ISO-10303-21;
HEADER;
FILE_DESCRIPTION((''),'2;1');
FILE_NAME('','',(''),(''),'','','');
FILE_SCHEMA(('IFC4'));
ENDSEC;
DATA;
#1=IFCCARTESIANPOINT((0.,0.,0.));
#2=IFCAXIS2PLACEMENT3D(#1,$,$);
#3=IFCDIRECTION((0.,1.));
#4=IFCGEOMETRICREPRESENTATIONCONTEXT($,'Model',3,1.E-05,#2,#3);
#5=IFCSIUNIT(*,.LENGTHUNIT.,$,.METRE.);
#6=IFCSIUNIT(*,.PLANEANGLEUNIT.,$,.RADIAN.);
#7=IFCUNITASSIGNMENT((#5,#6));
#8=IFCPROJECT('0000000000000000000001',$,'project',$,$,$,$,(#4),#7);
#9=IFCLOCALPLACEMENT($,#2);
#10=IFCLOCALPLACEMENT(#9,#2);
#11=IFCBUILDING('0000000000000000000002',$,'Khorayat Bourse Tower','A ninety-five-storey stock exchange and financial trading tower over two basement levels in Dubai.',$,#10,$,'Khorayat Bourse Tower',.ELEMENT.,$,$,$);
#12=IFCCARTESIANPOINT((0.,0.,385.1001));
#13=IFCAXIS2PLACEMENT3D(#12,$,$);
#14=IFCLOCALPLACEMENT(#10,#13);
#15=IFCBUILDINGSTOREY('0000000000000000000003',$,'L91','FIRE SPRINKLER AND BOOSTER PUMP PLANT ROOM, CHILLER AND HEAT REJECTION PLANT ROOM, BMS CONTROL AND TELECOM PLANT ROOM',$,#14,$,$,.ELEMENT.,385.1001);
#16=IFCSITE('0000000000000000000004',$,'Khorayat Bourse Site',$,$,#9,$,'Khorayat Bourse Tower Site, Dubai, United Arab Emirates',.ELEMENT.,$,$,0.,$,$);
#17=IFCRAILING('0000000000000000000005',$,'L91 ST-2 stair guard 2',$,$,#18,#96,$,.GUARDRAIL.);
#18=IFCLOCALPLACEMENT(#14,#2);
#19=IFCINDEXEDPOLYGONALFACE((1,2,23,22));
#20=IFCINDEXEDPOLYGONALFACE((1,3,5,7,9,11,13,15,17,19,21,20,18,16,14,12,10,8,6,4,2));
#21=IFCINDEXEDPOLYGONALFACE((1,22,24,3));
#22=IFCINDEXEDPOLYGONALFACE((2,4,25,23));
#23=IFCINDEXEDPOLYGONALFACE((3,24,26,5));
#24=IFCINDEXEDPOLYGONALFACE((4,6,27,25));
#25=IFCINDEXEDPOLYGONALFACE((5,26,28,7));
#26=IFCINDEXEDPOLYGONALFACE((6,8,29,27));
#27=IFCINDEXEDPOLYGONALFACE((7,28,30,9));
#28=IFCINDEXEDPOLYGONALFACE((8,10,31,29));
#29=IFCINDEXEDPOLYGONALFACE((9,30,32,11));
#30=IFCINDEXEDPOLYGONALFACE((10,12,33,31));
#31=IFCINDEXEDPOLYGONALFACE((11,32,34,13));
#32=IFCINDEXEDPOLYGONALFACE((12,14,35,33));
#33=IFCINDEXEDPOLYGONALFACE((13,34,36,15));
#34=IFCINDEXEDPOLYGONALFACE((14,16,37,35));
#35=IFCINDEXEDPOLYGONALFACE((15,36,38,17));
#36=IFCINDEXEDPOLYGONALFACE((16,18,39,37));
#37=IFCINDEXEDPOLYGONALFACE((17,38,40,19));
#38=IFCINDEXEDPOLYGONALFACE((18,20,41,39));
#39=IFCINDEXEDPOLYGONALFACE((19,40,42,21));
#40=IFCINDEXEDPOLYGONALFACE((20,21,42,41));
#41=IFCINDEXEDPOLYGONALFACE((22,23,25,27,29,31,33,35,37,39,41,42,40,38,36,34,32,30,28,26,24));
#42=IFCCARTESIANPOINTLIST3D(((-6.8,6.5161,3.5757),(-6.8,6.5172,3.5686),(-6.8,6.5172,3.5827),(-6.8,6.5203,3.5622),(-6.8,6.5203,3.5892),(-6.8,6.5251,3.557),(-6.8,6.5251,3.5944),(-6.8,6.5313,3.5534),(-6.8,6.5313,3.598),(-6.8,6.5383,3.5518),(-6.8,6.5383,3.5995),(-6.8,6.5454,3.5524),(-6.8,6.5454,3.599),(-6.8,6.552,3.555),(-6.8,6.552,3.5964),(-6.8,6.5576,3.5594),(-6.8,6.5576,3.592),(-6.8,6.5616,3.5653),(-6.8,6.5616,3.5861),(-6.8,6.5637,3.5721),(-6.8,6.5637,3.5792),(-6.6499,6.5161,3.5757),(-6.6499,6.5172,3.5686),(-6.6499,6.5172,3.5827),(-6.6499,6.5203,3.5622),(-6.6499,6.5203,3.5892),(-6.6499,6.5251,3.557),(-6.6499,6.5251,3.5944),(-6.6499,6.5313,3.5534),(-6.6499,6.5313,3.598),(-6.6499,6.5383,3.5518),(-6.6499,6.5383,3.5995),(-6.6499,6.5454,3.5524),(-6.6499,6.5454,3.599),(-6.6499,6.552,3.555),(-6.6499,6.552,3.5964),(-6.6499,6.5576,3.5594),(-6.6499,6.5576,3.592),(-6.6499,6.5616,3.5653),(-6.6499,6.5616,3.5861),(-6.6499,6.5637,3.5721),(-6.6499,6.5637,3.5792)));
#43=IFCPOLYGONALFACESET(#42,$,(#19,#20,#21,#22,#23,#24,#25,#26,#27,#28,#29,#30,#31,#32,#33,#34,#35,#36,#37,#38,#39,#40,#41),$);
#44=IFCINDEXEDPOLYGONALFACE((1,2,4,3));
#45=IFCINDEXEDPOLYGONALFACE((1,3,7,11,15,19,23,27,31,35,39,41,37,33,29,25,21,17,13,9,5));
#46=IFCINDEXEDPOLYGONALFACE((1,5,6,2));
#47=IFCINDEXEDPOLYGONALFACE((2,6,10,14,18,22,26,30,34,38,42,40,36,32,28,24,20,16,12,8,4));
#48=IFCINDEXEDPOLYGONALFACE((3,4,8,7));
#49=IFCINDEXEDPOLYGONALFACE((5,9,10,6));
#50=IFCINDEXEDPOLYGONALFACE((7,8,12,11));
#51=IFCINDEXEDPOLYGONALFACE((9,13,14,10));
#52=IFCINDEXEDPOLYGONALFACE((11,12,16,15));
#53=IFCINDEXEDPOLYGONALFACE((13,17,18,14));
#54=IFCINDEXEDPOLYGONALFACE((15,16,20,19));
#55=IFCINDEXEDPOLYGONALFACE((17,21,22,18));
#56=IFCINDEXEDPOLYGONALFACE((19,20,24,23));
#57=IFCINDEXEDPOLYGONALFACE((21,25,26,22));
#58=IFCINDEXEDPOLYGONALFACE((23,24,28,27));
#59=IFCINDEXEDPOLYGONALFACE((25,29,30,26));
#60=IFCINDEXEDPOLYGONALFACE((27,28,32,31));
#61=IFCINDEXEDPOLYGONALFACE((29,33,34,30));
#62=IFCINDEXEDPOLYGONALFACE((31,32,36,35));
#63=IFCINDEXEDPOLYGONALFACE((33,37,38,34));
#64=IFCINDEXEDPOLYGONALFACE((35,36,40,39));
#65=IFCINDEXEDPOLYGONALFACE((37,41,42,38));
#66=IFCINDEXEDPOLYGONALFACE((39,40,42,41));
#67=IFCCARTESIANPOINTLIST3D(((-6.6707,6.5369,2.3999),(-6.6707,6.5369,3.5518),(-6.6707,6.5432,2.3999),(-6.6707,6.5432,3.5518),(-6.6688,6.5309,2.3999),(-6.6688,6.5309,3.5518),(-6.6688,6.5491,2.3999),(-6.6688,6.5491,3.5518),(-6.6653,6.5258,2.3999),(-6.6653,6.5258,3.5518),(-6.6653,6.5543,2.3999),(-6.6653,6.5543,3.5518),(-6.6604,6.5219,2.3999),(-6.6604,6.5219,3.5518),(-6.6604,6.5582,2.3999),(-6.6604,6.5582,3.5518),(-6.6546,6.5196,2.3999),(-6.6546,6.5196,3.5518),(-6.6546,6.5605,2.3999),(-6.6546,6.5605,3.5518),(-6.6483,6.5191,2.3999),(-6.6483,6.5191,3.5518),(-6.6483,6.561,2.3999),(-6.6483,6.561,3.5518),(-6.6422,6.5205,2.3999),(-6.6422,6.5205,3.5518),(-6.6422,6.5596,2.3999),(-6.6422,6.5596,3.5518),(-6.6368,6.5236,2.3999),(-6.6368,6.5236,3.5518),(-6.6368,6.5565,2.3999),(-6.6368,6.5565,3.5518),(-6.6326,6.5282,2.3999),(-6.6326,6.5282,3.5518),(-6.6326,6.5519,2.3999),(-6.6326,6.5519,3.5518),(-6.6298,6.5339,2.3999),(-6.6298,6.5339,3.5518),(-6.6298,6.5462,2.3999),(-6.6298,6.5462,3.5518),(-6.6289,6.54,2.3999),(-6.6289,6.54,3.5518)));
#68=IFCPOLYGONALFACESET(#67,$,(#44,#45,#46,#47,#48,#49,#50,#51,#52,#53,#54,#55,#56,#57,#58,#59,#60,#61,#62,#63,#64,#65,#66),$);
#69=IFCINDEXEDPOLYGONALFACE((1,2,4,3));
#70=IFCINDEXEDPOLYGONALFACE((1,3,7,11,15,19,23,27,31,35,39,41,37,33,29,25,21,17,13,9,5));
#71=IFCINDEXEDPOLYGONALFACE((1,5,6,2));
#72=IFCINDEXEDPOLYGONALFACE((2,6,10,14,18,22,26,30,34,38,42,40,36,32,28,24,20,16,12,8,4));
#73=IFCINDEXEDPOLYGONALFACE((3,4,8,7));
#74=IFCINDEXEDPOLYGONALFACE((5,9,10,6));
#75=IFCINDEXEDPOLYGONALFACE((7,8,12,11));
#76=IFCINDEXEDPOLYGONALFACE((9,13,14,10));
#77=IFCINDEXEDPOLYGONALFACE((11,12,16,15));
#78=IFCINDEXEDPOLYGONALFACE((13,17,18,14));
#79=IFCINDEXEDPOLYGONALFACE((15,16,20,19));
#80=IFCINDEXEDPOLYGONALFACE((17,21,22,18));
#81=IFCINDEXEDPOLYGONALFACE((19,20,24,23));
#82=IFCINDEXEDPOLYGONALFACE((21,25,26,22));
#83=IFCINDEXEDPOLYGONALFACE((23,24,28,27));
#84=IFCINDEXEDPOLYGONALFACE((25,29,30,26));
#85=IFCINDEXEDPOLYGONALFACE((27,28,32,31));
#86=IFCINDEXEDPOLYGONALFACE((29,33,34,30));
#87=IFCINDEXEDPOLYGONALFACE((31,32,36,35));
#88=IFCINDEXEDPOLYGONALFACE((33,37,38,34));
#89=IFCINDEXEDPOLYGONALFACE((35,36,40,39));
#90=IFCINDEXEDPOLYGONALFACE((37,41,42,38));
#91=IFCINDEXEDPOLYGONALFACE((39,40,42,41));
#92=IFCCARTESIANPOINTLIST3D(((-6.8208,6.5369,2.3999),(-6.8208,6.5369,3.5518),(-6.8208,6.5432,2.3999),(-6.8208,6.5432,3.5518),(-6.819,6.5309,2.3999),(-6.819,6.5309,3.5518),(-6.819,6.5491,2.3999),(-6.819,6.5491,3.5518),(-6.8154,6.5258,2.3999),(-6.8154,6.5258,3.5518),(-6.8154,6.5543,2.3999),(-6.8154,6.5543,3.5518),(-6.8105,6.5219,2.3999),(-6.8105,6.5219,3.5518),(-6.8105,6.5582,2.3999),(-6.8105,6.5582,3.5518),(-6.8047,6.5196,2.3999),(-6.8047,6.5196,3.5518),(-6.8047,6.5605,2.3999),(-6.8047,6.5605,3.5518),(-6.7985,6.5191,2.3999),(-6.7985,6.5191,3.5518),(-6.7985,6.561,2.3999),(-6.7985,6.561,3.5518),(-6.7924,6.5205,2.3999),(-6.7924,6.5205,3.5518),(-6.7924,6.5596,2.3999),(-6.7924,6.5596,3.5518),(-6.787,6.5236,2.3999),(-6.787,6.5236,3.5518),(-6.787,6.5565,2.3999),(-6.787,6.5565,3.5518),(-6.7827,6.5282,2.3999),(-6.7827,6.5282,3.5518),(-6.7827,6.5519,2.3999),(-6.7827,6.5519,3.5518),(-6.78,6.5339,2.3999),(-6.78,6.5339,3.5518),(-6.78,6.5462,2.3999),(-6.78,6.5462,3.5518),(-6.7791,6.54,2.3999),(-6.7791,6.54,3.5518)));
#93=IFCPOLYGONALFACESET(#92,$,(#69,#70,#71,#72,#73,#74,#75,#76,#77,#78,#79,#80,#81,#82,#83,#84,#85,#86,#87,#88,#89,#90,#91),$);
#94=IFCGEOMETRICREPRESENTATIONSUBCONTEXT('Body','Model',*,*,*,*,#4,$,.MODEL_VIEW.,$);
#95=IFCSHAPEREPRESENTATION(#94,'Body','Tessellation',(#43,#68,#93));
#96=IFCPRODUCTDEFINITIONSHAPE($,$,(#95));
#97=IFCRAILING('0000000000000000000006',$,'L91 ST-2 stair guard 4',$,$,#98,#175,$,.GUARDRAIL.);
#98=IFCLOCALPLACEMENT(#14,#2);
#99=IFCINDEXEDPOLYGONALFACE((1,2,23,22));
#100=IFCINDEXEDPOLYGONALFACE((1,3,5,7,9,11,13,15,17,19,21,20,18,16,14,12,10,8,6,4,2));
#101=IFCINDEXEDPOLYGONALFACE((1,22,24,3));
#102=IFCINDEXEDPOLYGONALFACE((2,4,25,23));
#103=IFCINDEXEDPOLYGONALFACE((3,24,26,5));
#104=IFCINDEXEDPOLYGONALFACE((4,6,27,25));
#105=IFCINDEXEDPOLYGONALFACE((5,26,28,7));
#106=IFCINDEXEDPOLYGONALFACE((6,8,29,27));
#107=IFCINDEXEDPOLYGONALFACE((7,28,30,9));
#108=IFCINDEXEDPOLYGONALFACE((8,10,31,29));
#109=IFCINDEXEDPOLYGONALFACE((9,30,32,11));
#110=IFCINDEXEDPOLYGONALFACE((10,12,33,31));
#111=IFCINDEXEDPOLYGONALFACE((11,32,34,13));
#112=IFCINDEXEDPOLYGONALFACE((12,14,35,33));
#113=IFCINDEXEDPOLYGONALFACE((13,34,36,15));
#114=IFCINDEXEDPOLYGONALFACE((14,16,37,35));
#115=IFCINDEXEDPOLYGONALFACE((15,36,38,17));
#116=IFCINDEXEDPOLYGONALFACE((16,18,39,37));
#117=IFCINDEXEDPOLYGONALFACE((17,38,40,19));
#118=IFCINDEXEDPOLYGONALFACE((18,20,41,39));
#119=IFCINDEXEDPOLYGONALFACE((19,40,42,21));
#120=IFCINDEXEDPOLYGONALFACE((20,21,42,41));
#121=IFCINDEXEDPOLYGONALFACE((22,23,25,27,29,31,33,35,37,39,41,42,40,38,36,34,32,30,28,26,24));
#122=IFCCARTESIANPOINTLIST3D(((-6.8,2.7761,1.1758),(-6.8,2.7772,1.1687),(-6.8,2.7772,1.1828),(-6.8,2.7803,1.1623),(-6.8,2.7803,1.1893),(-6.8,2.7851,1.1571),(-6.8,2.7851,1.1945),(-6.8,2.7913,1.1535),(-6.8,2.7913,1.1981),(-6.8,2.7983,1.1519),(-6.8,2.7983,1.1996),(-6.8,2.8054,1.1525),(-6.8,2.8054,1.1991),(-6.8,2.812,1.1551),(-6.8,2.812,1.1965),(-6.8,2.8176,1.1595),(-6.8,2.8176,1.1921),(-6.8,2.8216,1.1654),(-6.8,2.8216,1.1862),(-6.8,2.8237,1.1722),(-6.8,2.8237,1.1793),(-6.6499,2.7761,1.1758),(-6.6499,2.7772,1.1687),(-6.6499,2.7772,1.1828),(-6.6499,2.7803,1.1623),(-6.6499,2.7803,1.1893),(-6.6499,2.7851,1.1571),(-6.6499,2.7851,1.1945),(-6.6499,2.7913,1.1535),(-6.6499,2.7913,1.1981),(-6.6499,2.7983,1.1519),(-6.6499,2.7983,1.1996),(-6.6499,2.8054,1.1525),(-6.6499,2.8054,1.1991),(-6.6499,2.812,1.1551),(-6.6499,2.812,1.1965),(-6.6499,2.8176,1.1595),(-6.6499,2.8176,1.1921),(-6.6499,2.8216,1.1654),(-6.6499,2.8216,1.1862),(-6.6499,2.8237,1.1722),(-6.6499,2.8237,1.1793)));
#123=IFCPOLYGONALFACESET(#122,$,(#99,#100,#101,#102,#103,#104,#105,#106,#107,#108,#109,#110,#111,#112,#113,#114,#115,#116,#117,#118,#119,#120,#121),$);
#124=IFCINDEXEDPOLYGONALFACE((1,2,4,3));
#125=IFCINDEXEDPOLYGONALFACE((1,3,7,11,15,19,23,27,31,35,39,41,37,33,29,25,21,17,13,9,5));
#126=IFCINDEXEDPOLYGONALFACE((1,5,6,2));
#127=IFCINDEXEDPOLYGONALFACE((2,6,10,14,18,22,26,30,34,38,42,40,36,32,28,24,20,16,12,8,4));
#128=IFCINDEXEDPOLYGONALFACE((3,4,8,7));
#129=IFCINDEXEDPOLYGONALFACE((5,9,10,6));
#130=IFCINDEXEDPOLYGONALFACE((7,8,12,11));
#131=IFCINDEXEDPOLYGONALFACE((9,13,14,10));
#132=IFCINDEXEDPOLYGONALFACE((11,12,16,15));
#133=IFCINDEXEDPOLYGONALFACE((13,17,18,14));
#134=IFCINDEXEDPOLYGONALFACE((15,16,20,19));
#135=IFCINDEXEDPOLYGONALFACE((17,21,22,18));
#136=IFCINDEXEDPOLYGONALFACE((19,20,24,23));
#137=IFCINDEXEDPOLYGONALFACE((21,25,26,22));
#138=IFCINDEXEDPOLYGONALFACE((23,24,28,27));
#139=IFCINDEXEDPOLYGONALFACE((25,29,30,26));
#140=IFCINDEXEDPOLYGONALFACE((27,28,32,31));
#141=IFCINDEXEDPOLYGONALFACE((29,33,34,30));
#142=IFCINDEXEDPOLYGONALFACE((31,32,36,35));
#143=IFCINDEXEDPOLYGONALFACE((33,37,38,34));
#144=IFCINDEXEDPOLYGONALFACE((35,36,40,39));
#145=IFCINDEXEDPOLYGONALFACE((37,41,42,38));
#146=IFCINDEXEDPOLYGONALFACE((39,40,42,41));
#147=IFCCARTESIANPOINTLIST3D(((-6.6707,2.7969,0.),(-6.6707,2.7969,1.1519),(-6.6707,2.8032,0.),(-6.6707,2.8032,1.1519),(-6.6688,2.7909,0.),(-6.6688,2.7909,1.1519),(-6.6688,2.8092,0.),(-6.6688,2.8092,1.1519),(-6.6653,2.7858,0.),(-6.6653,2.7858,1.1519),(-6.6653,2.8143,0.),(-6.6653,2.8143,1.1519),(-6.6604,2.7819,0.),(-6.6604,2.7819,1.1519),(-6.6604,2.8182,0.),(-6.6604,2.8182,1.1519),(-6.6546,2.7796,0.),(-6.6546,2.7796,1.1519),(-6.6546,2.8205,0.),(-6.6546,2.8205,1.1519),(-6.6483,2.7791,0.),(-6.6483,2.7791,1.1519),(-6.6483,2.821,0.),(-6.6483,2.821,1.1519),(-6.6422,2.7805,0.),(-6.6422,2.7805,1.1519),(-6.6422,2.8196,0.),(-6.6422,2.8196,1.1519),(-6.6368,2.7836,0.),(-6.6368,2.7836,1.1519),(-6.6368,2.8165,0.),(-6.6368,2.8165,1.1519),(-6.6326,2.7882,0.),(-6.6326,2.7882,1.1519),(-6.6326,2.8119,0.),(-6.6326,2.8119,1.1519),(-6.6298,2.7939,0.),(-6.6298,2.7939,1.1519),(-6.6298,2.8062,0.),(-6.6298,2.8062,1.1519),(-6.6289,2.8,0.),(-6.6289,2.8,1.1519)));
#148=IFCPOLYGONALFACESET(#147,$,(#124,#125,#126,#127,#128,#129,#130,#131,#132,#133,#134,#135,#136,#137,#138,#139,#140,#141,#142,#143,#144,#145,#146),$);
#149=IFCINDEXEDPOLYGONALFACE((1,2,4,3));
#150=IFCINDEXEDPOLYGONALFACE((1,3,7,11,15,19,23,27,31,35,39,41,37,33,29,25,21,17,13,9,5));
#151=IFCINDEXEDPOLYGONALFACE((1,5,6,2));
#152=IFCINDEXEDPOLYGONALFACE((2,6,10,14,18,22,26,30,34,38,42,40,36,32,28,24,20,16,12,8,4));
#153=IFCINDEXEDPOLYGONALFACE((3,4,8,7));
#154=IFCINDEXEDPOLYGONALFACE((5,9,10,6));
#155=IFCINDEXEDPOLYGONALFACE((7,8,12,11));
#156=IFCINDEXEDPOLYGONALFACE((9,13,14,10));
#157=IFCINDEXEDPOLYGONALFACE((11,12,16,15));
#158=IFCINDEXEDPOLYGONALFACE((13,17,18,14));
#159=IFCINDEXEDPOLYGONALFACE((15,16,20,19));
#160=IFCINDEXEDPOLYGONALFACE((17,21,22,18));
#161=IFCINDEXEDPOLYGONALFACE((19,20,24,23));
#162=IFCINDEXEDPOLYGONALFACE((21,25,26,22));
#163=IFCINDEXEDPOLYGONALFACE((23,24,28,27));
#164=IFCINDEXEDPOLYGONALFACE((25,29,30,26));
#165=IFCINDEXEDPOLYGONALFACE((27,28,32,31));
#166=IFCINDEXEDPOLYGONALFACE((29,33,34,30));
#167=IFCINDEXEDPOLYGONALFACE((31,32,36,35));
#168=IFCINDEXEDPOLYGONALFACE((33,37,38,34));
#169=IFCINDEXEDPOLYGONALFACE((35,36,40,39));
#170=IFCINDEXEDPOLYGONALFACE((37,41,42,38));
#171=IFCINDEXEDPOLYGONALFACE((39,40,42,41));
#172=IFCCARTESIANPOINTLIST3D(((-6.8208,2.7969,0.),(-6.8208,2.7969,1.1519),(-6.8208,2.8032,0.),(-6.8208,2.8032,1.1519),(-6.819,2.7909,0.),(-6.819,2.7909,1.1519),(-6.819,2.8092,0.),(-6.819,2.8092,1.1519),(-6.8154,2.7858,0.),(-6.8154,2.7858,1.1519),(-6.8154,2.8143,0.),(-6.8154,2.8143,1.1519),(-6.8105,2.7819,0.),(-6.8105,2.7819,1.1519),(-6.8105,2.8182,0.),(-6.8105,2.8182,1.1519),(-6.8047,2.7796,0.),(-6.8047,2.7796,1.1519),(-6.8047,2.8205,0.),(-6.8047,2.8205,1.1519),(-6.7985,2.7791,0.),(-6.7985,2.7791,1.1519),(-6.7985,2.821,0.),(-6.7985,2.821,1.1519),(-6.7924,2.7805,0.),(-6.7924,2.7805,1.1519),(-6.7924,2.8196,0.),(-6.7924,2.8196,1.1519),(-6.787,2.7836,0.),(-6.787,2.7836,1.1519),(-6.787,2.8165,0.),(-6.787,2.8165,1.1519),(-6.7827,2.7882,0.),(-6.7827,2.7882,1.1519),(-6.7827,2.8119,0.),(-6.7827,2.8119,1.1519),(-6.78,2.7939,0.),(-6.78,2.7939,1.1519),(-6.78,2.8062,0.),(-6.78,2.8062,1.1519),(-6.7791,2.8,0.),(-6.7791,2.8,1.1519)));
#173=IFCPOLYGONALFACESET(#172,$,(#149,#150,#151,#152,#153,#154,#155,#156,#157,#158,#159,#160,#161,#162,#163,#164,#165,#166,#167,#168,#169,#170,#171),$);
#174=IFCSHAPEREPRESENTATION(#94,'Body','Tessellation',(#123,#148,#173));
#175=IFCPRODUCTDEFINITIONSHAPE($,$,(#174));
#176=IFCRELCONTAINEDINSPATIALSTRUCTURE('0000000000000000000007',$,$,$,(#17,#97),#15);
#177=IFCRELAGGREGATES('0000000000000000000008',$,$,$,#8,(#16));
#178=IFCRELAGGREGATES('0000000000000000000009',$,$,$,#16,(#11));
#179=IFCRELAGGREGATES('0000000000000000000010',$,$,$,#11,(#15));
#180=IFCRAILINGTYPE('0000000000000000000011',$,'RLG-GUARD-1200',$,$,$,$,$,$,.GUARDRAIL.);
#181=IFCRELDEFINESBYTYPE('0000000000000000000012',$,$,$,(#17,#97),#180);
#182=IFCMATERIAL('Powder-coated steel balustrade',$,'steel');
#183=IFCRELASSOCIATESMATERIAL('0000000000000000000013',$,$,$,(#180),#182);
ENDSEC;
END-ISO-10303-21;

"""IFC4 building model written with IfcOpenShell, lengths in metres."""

from ifc_helpers import new_model, si_unit, direction, frame, origin, origin_2d, place, context, subcontext, project, spatial, circle, extrude, source, transform, mapped, material, type_object, element, save


model = new_model("IFC4")

# Units and contexts
model_context = context("Model", 3, precision=1e-05, world=origin(), true_north=direction((0.0, 1.0)))
body_context = subcontext(model_context, "Body", "Model", "MODEL_VIEW")
ifc_project = project(units=[si_unit("LENGTHUNIT", "METRE"), si_unit("PLANEANGLEUNIT", "RADIAN")], contexts=[model_context])

# Site, building, storey
site_placement = place(None, origin())
site = spatial("IfcSite", under=ifc_project, at=site_placement, Name="Khorayat Bourse Site", LongName="Khorayat Bourse Tower Site, Dubai, United Arab Emirates", CompositionType="ELEMENT", RefElevation=0.0)
building_placement = place(site_placement, origin())
building = spatial("IfcBuilding", under=site, at=building_placement, Name="Khorayat Bourse Tower", Description="A ninety-five-storey stock exchange and financial trading tower over two basement levels in Dubai.", LongName="Khorayat Bourse Tower", CompositionType="ELEMENT")
storey_placement = place(building_placement, frame((0.0, 0.0, 385.1001)))
storey = spatial("IfcBuildingStorey", under=building, at=storey_placement, Name="L91", Description="FIRE SPRINKLER AND BOOSTER PUMP PLANT ROOM, CHILLER AND HEAT REJECTION PLANT ROOM, BMS CONTROL AND TELECOM PLANT ROOM", CompositionType="ELEMENT", Elevation=385.1001)

# Railings
ifc_material_1 = material(Name="Powder-coated steel balustrade", Category="steel")
railing_type_1 = type_object("IfcRailingType", Name="RLG-GUARD-1200", PredefinedType="GUARDRAIL", material=ifc_material_1)
shared_shape_1 = source(origin(), body_context, "Body", "SweptSolid", [
    extrude(circle(Radius=0.0239, at=origin_2d()), frame((0.0, 0.0, 1.1758), z_axis=(-1.0, 0.0, 0.0), x_axis=(0.0, -1.0, 0.0)), (0.0, 0.0, 1.0), 0.1501),
    extrude(circle(Radius=0.021, at=origin_2d()), origin(), (0.0, 0.0, 1.0), 1.1519),
    extrude(circle(Radius=0.021, at=origin_2d()), frame((-0.1501, 0.0, 0.0)), (0.0, 0.0, 1.0), 1.1519),
])
for number, where, name in (
    (1, (-6.6499, 6.54, 2.3999), "L91 ST-2 stair guard 2"),
    (2, (-6.6499, 2.8, 0.0), "L91 ST-2 stair guard 4"),
):
    element("IfcRailing", number, at=place(storey_placement, frame(where)), inside=storey, type_object=railing_type_1, Name=name, PredefinedType="GUARDRAIL", context=body_context, shape_type="MappedRepresentation", body=[
        mapped(shared_shape_1, transform((0.0, 0.0, 0.0), scale=1.0)),
    ])

save(model, "model.ifc")
